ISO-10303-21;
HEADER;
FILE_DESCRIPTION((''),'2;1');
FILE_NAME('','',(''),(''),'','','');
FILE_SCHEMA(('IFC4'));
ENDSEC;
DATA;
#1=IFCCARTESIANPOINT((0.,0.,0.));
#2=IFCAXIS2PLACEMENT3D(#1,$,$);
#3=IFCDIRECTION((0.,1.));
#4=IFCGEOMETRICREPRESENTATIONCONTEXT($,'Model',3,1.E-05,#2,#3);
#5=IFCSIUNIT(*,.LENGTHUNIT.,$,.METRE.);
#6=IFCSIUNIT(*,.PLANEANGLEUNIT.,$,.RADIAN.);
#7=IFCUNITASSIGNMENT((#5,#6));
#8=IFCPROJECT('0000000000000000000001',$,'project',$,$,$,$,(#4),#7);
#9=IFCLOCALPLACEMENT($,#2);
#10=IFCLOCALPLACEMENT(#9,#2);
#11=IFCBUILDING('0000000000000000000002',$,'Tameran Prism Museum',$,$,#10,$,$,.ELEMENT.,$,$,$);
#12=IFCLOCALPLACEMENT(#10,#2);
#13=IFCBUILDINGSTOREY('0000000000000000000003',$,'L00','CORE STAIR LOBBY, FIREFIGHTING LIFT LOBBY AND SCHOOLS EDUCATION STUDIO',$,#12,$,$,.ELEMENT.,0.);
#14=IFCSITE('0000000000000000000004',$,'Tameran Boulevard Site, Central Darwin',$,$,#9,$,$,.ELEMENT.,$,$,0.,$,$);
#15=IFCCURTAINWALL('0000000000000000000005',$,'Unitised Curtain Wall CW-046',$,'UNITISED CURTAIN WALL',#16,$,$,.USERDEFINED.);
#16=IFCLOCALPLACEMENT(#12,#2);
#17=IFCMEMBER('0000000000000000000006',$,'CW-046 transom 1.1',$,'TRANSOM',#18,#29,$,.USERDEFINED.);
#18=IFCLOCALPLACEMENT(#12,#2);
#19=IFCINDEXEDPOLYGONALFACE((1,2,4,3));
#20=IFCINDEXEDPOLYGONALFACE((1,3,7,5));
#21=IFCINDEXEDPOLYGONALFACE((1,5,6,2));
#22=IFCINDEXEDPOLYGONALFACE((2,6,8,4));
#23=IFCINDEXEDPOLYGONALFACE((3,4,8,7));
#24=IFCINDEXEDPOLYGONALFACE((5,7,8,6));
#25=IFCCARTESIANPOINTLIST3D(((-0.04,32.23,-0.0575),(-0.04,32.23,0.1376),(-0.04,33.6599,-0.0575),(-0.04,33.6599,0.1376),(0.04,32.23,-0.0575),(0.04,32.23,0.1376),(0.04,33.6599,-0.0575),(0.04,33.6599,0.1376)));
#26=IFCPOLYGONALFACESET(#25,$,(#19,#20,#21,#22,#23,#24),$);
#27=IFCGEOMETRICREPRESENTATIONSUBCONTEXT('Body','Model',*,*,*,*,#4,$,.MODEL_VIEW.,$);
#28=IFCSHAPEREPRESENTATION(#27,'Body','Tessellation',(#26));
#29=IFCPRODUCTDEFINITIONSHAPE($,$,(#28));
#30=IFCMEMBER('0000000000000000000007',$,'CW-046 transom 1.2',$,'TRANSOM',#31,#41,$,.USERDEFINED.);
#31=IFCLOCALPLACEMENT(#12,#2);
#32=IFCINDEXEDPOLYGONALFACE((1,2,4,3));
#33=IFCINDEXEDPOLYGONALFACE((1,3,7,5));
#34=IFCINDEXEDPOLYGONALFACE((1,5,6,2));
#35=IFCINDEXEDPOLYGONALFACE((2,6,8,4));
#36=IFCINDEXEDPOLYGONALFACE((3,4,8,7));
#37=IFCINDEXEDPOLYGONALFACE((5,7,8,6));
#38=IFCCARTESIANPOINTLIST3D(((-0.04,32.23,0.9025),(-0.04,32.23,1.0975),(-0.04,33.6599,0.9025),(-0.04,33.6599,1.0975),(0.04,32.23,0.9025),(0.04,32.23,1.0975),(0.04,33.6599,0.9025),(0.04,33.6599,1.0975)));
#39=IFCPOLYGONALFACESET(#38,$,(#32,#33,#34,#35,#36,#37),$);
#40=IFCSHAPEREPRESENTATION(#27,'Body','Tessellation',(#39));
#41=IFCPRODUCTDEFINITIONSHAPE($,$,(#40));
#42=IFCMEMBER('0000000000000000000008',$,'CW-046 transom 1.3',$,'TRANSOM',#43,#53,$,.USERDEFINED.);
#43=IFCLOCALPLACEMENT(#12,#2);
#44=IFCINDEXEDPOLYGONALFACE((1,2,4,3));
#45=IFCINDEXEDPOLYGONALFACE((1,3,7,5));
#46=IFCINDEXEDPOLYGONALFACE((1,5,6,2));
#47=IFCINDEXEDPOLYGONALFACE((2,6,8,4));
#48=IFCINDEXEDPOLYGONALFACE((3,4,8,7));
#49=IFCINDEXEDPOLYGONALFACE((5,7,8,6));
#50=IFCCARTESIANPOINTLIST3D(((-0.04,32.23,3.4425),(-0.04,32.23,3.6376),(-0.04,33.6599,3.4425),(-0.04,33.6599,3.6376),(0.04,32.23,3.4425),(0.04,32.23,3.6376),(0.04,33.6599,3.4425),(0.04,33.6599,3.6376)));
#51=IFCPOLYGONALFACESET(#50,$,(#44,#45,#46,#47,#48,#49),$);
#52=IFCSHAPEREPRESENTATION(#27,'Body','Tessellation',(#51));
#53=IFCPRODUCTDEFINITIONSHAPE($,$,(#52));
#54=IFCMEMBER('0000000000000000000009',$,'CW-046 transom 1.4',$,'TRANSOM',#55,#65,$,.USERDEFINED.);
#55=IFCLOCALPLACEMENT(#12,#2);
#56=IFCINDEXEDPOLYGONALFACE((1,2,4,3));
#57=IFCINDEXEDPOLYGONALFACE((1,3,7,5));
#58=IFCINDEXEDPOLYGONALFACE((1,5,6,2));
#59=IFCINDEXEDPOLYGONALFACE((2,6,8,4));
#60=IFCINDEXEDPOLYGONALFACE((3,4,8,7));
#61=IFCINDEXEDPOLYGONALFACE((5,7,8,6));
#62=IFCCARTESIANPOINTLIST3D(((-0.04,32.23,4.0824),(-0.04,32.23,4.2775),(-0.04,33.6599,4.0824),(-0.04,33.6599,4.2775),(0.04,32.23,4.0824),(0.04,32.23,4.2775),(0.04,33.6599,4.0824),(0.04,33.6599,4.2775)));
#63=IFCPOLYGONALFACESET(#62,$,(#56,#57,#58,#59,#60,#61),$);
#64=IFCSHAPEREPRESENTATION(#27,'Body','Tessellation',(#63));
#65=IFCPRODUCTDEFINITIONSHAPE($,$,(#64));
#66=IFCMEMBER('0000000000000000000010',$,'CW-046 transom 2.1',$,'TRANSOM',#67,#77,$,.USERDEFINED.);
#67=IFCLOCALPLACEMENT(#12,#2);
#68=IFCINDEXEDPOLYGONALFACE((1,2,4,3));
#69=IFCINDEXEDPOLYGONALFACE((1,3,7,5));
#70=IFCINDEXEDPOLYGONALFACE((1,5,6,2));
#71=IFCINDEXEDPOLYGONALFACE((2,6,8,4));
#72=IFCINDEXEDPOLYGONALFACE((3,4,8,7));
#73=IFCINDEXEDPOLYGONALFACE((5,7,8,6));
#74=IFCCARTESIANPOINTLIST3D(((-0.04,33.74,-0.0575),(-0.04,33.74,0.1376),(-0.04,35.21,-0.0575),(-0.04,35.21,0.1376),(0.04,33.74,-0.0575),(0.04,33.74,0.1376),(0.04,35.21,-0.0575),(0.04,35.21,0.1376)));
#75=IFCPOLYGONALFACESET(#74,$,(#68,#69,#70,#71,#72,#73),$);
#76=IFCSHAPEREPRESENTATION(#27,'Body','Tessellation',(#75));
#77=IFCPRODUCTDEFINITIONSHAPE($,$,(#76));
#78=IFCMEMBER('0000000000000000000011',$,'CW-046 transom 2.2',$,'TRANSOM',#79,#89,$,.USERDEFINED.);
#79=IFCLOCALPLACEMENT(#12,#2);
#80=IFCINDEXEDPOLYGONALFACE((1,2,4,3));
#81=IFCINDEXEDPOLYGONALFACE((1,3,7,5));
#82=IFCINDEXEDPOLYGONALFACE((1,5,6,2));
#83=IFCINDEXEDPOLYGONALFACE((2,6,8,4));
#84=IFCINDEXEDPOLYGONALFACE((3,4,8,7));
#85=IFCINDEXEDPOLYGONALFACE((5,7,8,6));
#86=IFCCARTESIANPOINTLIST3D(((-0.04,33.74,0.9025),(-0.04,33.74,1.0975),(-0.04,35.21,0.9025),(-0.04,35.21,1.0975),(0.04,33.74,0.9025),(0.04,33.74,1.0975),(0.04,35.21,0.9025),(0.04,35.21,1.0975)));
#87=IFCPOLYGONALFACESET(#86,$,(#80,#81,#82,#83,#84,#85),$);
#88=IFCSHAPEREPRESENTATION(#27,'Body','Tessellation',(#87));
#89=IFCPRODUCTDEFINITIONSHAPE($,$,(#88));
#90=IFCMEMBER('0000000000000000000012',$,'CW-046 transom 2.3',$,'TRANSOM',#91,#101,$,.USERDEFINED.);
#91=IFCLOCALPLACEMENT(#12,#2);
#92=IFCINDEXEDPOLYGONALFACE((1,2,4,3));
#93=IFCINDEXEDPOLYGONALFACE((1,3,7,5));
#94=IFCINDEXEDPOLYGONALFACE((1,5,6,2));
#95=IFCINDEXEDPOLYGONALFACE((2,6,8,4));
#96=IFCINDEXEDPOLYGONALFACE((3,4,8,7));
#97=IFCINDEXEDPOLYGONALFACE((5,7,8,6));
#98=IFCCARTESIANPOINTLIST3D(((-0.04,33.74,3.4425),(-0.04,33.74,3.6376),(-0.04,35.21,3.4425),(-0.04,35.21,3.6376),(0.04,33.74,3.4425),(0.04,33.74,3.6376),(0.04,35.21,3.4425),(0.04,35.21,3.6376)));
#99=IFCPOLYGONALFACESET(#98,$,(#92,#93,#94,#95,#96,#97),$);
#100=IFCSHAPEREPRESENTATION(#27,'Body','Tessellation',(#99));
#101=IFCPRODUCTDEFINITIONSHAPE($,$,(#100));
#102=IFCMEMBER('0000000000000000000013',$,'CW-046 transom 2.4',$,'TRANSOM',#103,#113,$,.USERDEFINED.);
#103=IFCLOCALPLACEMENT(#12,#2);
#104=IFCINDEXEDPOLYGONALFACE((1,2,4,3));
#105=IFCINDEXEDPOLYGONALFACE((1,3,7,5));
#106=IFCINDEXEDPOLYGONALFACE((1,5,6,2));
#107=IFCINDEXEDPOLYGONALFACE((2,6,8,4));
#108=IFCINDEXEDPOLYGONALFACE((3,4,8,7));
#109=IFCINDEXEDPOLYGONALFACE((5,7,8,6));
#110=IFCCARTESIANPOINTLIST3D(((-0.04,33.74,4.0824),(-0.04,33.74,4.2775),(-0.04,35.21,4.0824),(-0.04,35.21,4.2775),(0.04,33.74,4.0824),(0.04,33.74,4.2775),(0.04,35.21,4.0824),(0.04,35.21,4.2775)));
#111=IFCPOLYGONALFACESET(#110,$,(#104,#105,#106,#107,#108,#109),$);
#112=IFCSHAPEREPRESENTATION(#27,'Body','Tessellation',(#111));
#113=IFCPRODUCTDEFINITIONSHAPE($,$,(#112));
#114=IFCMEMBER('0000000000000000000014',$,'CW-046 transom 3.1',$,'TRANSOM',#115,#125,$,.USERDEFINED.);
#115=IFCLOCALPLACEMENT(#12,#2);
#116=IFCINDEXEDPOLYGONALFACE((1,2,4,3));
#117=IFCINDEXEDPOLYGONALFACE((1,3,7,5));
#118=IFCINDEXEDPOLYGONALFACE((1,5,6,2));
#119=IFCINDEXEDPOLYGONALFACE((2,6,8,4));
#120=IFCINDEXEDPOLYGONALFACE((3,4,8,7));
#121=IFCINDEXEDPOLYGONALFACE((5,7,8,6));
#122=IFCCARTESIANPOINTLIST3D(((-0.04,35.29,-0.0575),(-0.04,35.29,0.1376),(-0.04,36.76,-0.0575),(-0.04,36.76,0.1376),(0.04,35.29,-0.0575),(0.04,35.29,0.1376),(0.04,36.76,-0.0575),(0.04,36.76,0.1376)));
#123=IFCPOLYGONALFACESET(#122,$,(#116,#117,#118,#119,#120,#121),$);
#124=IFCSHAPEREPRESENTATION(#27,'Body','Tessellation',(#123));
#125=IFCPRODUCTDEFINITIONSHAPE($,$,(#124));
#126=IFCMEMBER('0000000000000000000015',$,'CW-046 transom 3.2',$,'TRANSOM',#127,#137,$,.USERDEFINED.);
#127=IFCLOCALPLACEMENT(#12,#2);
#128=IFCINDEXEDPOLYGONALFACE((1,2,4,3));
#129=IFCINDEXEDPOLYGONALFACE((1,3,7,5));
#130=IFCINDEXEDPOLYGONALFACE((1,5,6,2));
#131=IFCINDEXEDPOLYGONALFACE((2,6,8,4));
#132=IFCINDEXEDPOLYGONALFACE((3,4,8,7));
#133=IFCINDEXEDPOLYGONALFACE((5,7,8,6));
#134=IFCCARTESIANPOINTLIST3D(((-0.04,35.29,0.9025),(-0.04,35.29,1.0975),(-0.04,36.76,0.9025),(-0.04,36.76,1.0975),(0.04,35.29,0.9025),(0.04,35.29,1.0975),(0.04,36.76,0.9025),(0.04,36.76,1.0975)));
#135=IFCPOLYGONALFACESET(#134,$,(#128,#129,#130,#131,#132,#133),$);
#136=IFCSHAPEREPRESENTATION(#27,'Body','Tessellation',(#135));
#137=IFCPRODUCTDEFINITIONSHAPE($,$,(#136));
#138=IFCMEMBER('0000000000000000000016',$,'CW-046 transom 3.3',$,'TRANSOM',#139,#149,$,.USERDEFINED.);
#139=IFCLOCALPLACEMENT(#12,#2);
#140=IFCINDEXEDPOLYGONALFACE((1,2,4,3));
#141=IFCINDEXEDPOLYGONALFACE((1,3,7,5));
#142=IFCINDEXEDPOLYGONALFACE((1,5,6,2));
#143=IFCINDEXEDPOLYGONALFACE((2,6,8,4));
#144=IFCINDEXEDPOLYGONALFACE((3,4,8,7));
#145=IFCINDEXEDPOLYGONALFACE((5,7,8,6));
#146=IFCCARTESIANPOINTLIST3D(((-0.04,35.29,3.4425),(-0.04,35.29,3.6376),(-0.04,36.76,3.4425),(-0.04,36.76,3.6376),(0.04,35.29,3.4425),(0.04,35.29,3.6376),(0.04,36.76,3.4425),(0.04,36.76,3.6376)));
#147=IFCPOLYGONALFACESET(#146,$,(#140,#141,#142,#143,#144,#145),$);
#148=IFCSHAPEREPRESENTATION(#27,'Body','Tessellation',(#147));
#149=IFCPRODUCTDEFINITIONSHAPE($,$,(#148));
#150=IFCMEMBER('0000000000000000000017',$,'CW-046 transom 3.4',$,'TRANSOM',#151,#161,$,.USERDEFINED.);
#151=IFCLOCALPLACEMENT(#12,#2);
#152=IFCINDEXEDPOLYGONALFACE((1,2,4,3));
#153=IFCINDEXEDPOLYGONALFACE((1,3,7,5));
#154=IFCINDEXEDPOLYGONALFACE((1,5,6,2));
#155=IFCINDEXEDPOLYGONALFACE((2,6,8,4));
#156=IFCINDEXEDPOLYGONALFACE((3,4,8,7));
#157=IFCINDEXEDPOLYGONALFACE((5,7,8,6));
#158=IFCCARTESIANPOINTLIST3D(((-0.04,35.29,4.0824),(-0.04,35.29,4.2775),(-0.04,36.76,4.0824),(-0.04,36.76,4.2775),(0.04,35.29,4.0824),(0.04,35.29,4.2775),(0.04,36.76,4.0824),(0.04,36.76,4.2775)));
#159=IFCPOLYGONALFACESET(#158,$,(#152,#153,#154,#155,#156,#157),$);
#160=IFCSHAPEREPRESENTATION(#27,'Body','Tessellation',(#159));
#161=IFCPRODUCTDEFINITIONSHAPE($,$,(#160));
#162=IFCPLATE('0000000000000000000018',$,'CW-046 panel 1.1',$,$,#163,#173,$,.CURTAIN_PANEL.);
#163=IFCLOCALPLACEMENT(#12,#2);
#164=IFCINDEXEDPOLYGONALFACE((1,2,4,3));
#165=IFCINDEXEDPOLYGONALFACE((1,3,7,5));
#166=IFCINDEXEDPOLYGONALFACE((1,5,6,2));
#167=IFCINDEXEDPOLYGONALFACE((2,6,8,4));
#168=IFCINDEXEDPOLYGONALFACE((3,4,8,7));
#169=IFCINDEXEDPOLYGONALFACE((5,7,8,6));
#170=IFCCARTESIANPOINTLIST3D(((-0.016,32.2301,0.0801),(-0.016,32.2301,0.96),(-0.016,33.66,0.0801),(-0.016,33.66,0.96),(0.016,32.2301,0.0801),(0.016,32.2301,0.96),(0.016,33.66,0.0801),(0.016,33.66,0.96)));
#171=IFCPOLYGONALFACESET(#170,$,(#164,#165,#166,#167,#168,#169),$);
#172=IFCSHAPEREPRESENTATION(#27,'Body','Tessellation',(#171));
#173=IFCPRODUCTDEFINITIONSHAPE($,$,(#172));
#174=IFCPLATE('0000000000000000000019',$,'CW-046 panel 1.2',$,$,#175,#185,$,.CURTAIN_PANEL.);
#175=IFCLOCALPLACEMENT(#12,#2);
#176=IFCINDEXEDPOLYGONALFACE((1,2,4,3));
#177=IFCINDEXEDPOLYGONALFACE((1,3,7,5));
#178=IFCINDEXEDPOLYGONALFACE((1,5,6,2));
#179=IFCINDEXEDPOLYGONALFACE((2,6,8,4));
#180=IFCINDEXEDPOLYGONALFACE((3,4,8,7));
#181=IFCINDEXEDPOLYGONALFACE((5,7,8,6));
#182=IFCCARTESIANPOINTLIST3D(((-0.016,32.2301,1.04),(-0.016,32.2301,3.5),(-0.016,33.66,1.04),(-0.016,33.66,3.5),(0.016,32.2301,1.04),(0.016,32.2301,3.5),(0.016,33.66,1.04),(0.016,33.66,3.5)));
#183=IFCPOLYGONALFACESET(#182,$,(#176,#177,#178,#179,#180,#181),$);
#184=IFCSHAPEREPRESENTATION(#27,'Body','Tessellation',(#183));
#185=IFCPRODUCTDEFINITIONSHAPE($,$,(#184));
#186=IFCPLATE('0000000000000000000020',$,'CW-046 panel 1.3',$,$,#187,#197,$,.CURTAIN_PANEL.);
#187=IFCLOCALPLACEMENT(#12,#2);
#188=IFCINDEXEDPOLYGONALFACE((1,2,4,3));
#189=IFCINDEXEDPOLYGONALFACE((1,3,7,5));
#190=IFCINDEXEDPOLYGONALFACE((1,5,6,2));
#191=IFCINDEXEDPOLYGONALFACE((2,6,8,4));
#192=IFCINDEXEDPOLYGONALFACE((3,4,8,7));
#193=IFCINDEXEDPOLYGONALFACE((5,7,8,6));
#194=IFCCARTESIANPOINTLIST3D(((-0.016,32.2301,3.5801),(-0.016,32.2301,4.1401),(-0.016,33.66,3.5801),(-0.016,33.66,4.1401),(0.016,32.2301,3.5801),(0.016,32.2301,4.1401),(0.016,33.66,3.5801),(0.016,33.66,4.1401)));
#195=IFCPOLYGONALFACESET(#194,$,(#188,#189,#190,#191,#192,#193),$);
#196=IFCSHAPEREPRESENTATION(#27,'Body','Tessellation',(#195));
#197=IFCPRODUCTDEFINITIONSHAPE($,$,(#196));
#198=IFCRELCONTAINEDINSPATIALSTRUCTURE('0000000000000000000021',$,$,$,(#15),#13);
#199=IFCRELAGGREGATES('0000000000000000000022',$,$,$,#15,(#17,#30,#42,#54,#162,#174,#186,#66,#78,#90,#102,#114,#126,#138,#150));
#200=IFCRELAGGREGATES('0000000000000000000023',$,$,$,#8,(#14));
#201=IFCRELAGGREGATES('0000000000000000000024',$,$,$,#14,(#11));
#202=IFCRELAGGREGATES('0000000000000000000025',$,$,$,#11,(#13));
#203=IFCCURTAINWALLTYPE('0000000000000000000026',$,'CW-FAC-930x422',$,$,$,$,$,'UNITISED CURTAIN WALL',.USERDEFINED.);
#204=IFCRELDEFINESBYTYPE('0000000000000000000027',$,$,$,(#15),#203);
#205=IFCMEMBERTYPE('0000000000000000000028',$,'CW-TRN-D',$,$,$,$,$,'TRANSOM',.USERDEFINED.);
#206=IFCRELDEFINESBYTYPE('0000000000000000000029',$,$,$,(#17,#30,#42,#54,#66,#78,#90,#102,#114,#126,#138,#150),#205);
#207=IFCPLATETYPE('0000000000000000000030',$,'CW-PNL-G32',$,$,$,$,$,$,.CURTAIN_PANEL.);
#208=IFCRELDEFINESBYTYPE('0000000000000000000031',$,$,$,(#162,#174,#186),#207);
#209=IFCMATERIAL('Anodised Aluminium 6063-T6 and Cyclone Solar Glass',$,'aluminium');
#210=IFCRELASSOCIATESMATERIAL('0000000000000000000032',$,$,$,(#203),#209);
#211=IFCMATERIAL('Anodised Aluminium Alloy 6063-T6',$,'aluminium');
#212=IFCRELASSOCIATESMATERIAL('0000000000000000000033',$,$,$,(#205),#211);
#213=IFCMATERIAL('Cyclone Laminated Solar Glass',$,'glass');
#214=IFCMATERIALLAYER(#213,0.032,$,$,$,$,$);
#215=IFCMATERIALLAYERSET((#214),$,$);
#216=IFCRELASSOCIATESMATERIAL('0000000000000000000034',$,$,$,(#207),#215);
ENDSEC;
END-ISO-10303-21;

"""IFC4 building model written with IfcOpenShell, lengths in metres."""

from ifc_helpers import new_model, si_unit, direction, frame, origin, origin_2d, place, context, subcontext, project, spatial, rectangle, extrude, material, layer, layer_set, material_profile, profile_set, type_object, element, aggregate, save


model = new_model("IFC4")

# Units and contexts
model_context = context("Model", 3, precision=1e-05, world=origin(), true_north=direction((0.0, 1.0)))
body_context = subcontext(model_context, "Body", "Model", "MODEL_VIEW")
ifc_project = project(units=[si_unit("LENGTHUNIT", "METRE"), si_unit("PLANEANGLEUNIT", "RADIAN")], contexts=[model_context])

# Site, building, storey
site_placement = place(None, origin())
site = spatial("IfcSite", under=ifc_project, at=site_placement, Name="Tameran Boulevard Site, Central Darwin", CompositionType="ELEMENT", RefElevation=0.0)
building_placement = place(site_placement, origin())
building = spatial("IfcBuilding", under=site, at=building_placement, Name="Tameran Prism Museum", CompositionType="ELEMENT")
storey_placement = place(building_placement, origin())
storey = spatial("IfcBuildingStorey", under=building, at=storey_placement, Name="L00", Description="CORE STAIR LOBBY, FIREFIGHTING LIFT LOBBY AND SCHOOLS EDUCATION STUDIO", CompositionType="ELEMENT", Elevation=0.0)

# Curtain wall, members, plates
ifc_material_1 = material(Name="Anodised Aluminium 6063-T6 and Cyclone Solar Glass", Category="aluminium")
curtain_wall_type = type_object("IfcCurtainWallType", Name="CW-FAC-930x422", ElementType="UNITISED CURTAIN WALL", PredefinedType="USERDEFINED", material=ifc_material_1)
curtain_wall_placement = place(storey_placement, origin())
curtain_wall = element("IfcCurtainWall", 1, at=curtain_wall_placement, inside=storey, type_object=curtain_wall_type, Name="Unitised Curtain Wall CW-046", ObjectType="UNITISED CURTAIN WALL", PredefinedType="USERDEFINED")
ifc_material_2 = material(Name="Anodised Aluminium Alloy 6063-T6", Category="aluminium")
ifc_material_profile_1 = material_profile(ifc_material_2, rectangle(XDim=0.0801, YDim=0.1951, at=origin_2d()))
ifc_profile_set_1 = profile_set([ifc_material_profile_1])
member_type_1 = type_object("IfcMemberType", Name="CW-TRN-D", ElementType="TRANSOM", PredefinedType="USERDEFINED", material=ifc_profile_set_1)
member_1_placement = place(storey_placement, frame((0.0, 32.23, 0.04), z_axis=(0.0, 1.0, 0.0), x_axis=(-1.0, 0.0, 0.0)))
member_1 = element("IfcMember", 2, at=member_1_placement, type_object=member_type_1, Name="CW-046 transom 1.1", ObjectType="TRANSOM", PredefinedType="USERDEFINED", context=body_context, shape_type="SweptSolid", body=[
    extrude(rectangle(XDim=0.0801, YDim=0.1951, at=origin_2d()), origin(), (0.0, 0.0, 1.0), 1.4299),
])
member_2_placement = place(storey_placement, frame((0.0, 32.23, 1.0), z_axis=(0.0, 1.0, 0.0), x_axis=(-1.0, 0.0, 0.0)))
member_2 = element("IfcMember", 3, at=member_2_placement, type_object=member_type_1, Name="CW-046 transom 1.2", ObjectType="TRANSOM", PredefinedType="USERDEFINED", context=body_context, shape_type="SweptSolid", body=[
    extrude(rectangle(XDim=0.0801, YDim=0.1951, at=origin_2d()), origin(), (0.0, 0.0, 1.0), 1.4299),
])
member_3_placement = place(storey_placement, frame((0.0, 32.23, 3.54), z_axis=(0.0, 1.0, 0.0), x_axis=(-1.0, 0.0, 0.0)))
member_3 = element("IfcMember", 4, at=member_3_placement, type_object=member_type_1, Name="CW-046 transom 1.3", ObjectType="TRANSOM", PredefinedType="USERDEFINED", context=body_context, shape_type="SweptSolid", body=[
    extrude(rectangle(XDim=0.0801, YDim=0.1951, at=origin_2d()), origin(), (0.0, 0.0, 1.0), 1.4299),
])
member_4_placement = place(storey_placement, frame((0.0, 32.23, 4.1799), z_axis=(0.0, 1.0, 0.0), x_axis=(-1.0, 0.0, 0.0)))
member_4 = element("IfcMember", 5, at=member_4_placement, type_object=member_type_1, Name="CW-046 transom 1.4", ObjectType="TRANSOM", PredefinedType="USERDEFINED", context=body_context, shape_type="SweptSolid", body=[
    extrude(rectangle(XDim=0.0801, YDim=0.1951, at=origin_2d()), origin(), (0.0, 0.0, 1.0), 1.4299),
])
member_5_placement = place(storey_placement, frame((0.0, 33.74, 0.04), z_axis=(0.0, 1.0, 0.0), x_axis=(-1.0, 0.0, 0.0)))
member_5 = element("IfcMember", 6, at=member_5_placement, type_object=member_type_1, Name="CW-046 transom 2.1", ObjectType="TRANSOM", PredefinedType="USERDEFINED", context=body_context, shape_type="SweptSolid", body=[
    extrude(rectangle(XDim=0.0801, YDim=0.1951, at=origin_2d()), origin(), (0.0, 0.0, 1.0), 1.47),
])
member_6_placement = place(storey_placement, frame((0.0, 33.74, 1.0), z_axis=(0.0, 1.0, 0.0), x_axis=(-1.0, 0.0, 0.0)))
member_6 = element("IfcMember", 7, at=member_6_placement, type_object=member_type_1, Name="CW-046 transom 2.2", ObjectType="TRANSOM", PredefinedType="USERDEFINED", context=body_context, shape_type="SweptSolid", body=[
    extrude(rectangle(XDim=0.0801, YDim=0.1951, at=origin_2d()), origin(), (0.0, 0.0, 1.0), 1.47),
])
member_7_placement = place(storey_placement, frame((0.0, 33.74, 3.54), z_axis=(0.0, 1.0, 0.0), x_axis=(-1.0, 0.0, 0.0)))
member_7 = element("IfcMember", 8, at=member_7_placement, type_object=member_type_1, Name="CW-046 transom 2.3", ObjectType="TRANSOM", PredefinedType="USERDEFINED", context=body_context, shape_type="SweptSolid", body=[
    extrude(rectangle(XDim=0.0801, YDim=0.1951, at=origin_2d()), origin(), (0.0, 0.0, 1.0), 1.47),
])
member_8_placement = place(storey_placement, frame((0.0, 33.74, 4.1799), z_axis=(0.0, 1.0, 0.0), x_axis=(-1.0, 0.0, 0.0)))
member_8 = element("IfcMember", 9, at=member_8_placement, type_object=member_type_1, Name="CW-046 transom 2.4", ObjectType="TRANSOM", PredefinedType="USERDEFINED", context=body_context, shape_type="SweptSolid", body=[
    extrude(rectangle(XDim=0.0801, YDim=0.1951, at=origin_2d()), origin(), (0.0, 0.0, 1.0), 1.47),
])
member_9_placement = place(storey_placement, frame((0.0, 35.29, 0.04), z_axis=(0.0, 1.0, 0.0), x_axis=(-1.0, 0.0, 0.0)))
member_9 = element("IfcMember", 10, at=member_9_placement, type_object=member_type_1, Name="CW-046 transom 3.1", ObjectType="TRANSOM", PredefinedType="USERDEFINED", context=body_context, shape_type="SweptSolid", body=[
    extrude(rectangle(XDim=0.0801, YDim=0.1951, at=origin_2d()), origin(), (0.0, 0.0, 1.0), 1.47),
])
member_10_placement = place(storey_placement, frame((0.0, 35.29, 1.0), z_axis=(0.0, 1.0, 0.0), x_axis=(-1.0, 0.0, 0.0)))
member_10 = element("IfcMember", 11, at=member_10_placement, type_object=member_type_1, Name="CW-046 transom 3.2", ObjectType="TRANSOM", PredefinedType="USERDEFINED", context=body_context, shape_type="SweptSolid", body=[
    extrude(rectangle(XDim=0.0801, YDim=0.1951, at=origin_2d()), origin(), (0.0, 0.0, 1.0), 1.47),
])
member_11_placement = place(storey_placement, frame((0.0, 35.29, 3.54), z_axis=(0.0, 1.0, 0.0), x_axis=(-1.0, 0.0, 0.0)))
member_11 = element("IfcMember", 12, at=member_11_placement, type_object=member_type_1, Name="CW-046 transom 3.3", ObjectType="TRANSOM", PredefinedType="USERDEFINED", context=body_context, shape_type="SweptSolid", body=[
    extrude(rectangle(XDim=0.0801, YDim=0.1951, at=origin_2d()), origin(), (0.0, 0.0, 1.0), 1.47),
])
member_12_placement = place(storey_placement, frame((0.0, 35.29, 4.1799), z_axis=(0.0, 1.0, 0.0), x_axis=(-1.0, 0.0, 0.0)))
member_12 = element("IfcMember", 13, at=member_12_placement, type_object=member_type_1, Name="CW-046 transom 3.4", ObjectType="TRANSOM", PredefinedType="USERDEFINED", context=body_context, shape_type="SweptSolid", body=[
    extrude(rectangle(XDim=0.0801, YDim=0.1951, at=origin_2d()), origin(), (0.0, 0.0, 1.0), 1.47),
])
ifc_material_3 = material(Name="Cyclone Laminated Solar Glass", Category="glass")
ifc_layer = layer(ifc_material_3, 0.032)
ifc_layer_set = layer_set([ifc_layer])
plate_type = type_object("IfcPlateType", Name="CW-PNL-G32", PredefinedType="CURTAIN_PANEL", material=ifc_layer_set)
plate_1_placement = place(storey_placement, frame((0.0, 32.9451, 0.0801), z_axis=(0.0, 0.0, 1.0), x_axis=(0.0, 1.0, 0.0)))
plate_1 = element("IfcPlate", 14, at=plate_1_placement, type_object=plate_type, Name="CW-046 panel 1.1", PredefinedType="CURTAIN_PANEL", context=body_context, shape_type="SweptSolid", body=[
    extrude(rectangle(XDim=1.4299, YDim=0.032, at=origin_2d()), origin(), (0.0, 0.0, 1.0), 0.8799),
])
plate_2_placement = place(storey_placement, frame((0.0, 32.9451, 1.04), z_axis=(0.0, 0.0, 1.0), x_axis=(0.0, 1.0, 0.0)))
plate_2 = element("IfcPlate", 15, at=plate_2_placement, type_object=plate_type, Name="CW-046 panel 1.2", PredefinedType="CURTAIN_PANEL", context=body_context, shape_type="SweptSolid", body=[
    extrude(rectangle(XDim=1.4299, YDim=0.032, at=origin_2d()), origin(), (0.0, 0.0, 1.0), 2.46),
])
plate_3_placement = place(storey_placement, frame((0.0, 32.9451, 3.5801), z_axis=(0.0, 0.0, 1.0), x_axis=(0.0, 1.0, 0.0)))
plate_3 = element("IfcPlate", 16, at=plate_3_placement, type_object=plate_type, Name="CW-046 panel 1.3", PredefinedType="CURTAIN_PANEL", context=body_context, shape_type="SweptSolid", body=[
    extrude(rectangle(XDim=1.4299, YDim=0.032, at=origin_2d()), origin(), (0.0, 0.0, 1.0), 0.5601),
])
aggregate(curtain_wall, [member_1, member_2, member_3, member_4, plate_1, plate_2, plate_3, member_5, member_6, member_7, member_8, member_9, member_10, member_11, member_12])

save(model, "model.ifc")
